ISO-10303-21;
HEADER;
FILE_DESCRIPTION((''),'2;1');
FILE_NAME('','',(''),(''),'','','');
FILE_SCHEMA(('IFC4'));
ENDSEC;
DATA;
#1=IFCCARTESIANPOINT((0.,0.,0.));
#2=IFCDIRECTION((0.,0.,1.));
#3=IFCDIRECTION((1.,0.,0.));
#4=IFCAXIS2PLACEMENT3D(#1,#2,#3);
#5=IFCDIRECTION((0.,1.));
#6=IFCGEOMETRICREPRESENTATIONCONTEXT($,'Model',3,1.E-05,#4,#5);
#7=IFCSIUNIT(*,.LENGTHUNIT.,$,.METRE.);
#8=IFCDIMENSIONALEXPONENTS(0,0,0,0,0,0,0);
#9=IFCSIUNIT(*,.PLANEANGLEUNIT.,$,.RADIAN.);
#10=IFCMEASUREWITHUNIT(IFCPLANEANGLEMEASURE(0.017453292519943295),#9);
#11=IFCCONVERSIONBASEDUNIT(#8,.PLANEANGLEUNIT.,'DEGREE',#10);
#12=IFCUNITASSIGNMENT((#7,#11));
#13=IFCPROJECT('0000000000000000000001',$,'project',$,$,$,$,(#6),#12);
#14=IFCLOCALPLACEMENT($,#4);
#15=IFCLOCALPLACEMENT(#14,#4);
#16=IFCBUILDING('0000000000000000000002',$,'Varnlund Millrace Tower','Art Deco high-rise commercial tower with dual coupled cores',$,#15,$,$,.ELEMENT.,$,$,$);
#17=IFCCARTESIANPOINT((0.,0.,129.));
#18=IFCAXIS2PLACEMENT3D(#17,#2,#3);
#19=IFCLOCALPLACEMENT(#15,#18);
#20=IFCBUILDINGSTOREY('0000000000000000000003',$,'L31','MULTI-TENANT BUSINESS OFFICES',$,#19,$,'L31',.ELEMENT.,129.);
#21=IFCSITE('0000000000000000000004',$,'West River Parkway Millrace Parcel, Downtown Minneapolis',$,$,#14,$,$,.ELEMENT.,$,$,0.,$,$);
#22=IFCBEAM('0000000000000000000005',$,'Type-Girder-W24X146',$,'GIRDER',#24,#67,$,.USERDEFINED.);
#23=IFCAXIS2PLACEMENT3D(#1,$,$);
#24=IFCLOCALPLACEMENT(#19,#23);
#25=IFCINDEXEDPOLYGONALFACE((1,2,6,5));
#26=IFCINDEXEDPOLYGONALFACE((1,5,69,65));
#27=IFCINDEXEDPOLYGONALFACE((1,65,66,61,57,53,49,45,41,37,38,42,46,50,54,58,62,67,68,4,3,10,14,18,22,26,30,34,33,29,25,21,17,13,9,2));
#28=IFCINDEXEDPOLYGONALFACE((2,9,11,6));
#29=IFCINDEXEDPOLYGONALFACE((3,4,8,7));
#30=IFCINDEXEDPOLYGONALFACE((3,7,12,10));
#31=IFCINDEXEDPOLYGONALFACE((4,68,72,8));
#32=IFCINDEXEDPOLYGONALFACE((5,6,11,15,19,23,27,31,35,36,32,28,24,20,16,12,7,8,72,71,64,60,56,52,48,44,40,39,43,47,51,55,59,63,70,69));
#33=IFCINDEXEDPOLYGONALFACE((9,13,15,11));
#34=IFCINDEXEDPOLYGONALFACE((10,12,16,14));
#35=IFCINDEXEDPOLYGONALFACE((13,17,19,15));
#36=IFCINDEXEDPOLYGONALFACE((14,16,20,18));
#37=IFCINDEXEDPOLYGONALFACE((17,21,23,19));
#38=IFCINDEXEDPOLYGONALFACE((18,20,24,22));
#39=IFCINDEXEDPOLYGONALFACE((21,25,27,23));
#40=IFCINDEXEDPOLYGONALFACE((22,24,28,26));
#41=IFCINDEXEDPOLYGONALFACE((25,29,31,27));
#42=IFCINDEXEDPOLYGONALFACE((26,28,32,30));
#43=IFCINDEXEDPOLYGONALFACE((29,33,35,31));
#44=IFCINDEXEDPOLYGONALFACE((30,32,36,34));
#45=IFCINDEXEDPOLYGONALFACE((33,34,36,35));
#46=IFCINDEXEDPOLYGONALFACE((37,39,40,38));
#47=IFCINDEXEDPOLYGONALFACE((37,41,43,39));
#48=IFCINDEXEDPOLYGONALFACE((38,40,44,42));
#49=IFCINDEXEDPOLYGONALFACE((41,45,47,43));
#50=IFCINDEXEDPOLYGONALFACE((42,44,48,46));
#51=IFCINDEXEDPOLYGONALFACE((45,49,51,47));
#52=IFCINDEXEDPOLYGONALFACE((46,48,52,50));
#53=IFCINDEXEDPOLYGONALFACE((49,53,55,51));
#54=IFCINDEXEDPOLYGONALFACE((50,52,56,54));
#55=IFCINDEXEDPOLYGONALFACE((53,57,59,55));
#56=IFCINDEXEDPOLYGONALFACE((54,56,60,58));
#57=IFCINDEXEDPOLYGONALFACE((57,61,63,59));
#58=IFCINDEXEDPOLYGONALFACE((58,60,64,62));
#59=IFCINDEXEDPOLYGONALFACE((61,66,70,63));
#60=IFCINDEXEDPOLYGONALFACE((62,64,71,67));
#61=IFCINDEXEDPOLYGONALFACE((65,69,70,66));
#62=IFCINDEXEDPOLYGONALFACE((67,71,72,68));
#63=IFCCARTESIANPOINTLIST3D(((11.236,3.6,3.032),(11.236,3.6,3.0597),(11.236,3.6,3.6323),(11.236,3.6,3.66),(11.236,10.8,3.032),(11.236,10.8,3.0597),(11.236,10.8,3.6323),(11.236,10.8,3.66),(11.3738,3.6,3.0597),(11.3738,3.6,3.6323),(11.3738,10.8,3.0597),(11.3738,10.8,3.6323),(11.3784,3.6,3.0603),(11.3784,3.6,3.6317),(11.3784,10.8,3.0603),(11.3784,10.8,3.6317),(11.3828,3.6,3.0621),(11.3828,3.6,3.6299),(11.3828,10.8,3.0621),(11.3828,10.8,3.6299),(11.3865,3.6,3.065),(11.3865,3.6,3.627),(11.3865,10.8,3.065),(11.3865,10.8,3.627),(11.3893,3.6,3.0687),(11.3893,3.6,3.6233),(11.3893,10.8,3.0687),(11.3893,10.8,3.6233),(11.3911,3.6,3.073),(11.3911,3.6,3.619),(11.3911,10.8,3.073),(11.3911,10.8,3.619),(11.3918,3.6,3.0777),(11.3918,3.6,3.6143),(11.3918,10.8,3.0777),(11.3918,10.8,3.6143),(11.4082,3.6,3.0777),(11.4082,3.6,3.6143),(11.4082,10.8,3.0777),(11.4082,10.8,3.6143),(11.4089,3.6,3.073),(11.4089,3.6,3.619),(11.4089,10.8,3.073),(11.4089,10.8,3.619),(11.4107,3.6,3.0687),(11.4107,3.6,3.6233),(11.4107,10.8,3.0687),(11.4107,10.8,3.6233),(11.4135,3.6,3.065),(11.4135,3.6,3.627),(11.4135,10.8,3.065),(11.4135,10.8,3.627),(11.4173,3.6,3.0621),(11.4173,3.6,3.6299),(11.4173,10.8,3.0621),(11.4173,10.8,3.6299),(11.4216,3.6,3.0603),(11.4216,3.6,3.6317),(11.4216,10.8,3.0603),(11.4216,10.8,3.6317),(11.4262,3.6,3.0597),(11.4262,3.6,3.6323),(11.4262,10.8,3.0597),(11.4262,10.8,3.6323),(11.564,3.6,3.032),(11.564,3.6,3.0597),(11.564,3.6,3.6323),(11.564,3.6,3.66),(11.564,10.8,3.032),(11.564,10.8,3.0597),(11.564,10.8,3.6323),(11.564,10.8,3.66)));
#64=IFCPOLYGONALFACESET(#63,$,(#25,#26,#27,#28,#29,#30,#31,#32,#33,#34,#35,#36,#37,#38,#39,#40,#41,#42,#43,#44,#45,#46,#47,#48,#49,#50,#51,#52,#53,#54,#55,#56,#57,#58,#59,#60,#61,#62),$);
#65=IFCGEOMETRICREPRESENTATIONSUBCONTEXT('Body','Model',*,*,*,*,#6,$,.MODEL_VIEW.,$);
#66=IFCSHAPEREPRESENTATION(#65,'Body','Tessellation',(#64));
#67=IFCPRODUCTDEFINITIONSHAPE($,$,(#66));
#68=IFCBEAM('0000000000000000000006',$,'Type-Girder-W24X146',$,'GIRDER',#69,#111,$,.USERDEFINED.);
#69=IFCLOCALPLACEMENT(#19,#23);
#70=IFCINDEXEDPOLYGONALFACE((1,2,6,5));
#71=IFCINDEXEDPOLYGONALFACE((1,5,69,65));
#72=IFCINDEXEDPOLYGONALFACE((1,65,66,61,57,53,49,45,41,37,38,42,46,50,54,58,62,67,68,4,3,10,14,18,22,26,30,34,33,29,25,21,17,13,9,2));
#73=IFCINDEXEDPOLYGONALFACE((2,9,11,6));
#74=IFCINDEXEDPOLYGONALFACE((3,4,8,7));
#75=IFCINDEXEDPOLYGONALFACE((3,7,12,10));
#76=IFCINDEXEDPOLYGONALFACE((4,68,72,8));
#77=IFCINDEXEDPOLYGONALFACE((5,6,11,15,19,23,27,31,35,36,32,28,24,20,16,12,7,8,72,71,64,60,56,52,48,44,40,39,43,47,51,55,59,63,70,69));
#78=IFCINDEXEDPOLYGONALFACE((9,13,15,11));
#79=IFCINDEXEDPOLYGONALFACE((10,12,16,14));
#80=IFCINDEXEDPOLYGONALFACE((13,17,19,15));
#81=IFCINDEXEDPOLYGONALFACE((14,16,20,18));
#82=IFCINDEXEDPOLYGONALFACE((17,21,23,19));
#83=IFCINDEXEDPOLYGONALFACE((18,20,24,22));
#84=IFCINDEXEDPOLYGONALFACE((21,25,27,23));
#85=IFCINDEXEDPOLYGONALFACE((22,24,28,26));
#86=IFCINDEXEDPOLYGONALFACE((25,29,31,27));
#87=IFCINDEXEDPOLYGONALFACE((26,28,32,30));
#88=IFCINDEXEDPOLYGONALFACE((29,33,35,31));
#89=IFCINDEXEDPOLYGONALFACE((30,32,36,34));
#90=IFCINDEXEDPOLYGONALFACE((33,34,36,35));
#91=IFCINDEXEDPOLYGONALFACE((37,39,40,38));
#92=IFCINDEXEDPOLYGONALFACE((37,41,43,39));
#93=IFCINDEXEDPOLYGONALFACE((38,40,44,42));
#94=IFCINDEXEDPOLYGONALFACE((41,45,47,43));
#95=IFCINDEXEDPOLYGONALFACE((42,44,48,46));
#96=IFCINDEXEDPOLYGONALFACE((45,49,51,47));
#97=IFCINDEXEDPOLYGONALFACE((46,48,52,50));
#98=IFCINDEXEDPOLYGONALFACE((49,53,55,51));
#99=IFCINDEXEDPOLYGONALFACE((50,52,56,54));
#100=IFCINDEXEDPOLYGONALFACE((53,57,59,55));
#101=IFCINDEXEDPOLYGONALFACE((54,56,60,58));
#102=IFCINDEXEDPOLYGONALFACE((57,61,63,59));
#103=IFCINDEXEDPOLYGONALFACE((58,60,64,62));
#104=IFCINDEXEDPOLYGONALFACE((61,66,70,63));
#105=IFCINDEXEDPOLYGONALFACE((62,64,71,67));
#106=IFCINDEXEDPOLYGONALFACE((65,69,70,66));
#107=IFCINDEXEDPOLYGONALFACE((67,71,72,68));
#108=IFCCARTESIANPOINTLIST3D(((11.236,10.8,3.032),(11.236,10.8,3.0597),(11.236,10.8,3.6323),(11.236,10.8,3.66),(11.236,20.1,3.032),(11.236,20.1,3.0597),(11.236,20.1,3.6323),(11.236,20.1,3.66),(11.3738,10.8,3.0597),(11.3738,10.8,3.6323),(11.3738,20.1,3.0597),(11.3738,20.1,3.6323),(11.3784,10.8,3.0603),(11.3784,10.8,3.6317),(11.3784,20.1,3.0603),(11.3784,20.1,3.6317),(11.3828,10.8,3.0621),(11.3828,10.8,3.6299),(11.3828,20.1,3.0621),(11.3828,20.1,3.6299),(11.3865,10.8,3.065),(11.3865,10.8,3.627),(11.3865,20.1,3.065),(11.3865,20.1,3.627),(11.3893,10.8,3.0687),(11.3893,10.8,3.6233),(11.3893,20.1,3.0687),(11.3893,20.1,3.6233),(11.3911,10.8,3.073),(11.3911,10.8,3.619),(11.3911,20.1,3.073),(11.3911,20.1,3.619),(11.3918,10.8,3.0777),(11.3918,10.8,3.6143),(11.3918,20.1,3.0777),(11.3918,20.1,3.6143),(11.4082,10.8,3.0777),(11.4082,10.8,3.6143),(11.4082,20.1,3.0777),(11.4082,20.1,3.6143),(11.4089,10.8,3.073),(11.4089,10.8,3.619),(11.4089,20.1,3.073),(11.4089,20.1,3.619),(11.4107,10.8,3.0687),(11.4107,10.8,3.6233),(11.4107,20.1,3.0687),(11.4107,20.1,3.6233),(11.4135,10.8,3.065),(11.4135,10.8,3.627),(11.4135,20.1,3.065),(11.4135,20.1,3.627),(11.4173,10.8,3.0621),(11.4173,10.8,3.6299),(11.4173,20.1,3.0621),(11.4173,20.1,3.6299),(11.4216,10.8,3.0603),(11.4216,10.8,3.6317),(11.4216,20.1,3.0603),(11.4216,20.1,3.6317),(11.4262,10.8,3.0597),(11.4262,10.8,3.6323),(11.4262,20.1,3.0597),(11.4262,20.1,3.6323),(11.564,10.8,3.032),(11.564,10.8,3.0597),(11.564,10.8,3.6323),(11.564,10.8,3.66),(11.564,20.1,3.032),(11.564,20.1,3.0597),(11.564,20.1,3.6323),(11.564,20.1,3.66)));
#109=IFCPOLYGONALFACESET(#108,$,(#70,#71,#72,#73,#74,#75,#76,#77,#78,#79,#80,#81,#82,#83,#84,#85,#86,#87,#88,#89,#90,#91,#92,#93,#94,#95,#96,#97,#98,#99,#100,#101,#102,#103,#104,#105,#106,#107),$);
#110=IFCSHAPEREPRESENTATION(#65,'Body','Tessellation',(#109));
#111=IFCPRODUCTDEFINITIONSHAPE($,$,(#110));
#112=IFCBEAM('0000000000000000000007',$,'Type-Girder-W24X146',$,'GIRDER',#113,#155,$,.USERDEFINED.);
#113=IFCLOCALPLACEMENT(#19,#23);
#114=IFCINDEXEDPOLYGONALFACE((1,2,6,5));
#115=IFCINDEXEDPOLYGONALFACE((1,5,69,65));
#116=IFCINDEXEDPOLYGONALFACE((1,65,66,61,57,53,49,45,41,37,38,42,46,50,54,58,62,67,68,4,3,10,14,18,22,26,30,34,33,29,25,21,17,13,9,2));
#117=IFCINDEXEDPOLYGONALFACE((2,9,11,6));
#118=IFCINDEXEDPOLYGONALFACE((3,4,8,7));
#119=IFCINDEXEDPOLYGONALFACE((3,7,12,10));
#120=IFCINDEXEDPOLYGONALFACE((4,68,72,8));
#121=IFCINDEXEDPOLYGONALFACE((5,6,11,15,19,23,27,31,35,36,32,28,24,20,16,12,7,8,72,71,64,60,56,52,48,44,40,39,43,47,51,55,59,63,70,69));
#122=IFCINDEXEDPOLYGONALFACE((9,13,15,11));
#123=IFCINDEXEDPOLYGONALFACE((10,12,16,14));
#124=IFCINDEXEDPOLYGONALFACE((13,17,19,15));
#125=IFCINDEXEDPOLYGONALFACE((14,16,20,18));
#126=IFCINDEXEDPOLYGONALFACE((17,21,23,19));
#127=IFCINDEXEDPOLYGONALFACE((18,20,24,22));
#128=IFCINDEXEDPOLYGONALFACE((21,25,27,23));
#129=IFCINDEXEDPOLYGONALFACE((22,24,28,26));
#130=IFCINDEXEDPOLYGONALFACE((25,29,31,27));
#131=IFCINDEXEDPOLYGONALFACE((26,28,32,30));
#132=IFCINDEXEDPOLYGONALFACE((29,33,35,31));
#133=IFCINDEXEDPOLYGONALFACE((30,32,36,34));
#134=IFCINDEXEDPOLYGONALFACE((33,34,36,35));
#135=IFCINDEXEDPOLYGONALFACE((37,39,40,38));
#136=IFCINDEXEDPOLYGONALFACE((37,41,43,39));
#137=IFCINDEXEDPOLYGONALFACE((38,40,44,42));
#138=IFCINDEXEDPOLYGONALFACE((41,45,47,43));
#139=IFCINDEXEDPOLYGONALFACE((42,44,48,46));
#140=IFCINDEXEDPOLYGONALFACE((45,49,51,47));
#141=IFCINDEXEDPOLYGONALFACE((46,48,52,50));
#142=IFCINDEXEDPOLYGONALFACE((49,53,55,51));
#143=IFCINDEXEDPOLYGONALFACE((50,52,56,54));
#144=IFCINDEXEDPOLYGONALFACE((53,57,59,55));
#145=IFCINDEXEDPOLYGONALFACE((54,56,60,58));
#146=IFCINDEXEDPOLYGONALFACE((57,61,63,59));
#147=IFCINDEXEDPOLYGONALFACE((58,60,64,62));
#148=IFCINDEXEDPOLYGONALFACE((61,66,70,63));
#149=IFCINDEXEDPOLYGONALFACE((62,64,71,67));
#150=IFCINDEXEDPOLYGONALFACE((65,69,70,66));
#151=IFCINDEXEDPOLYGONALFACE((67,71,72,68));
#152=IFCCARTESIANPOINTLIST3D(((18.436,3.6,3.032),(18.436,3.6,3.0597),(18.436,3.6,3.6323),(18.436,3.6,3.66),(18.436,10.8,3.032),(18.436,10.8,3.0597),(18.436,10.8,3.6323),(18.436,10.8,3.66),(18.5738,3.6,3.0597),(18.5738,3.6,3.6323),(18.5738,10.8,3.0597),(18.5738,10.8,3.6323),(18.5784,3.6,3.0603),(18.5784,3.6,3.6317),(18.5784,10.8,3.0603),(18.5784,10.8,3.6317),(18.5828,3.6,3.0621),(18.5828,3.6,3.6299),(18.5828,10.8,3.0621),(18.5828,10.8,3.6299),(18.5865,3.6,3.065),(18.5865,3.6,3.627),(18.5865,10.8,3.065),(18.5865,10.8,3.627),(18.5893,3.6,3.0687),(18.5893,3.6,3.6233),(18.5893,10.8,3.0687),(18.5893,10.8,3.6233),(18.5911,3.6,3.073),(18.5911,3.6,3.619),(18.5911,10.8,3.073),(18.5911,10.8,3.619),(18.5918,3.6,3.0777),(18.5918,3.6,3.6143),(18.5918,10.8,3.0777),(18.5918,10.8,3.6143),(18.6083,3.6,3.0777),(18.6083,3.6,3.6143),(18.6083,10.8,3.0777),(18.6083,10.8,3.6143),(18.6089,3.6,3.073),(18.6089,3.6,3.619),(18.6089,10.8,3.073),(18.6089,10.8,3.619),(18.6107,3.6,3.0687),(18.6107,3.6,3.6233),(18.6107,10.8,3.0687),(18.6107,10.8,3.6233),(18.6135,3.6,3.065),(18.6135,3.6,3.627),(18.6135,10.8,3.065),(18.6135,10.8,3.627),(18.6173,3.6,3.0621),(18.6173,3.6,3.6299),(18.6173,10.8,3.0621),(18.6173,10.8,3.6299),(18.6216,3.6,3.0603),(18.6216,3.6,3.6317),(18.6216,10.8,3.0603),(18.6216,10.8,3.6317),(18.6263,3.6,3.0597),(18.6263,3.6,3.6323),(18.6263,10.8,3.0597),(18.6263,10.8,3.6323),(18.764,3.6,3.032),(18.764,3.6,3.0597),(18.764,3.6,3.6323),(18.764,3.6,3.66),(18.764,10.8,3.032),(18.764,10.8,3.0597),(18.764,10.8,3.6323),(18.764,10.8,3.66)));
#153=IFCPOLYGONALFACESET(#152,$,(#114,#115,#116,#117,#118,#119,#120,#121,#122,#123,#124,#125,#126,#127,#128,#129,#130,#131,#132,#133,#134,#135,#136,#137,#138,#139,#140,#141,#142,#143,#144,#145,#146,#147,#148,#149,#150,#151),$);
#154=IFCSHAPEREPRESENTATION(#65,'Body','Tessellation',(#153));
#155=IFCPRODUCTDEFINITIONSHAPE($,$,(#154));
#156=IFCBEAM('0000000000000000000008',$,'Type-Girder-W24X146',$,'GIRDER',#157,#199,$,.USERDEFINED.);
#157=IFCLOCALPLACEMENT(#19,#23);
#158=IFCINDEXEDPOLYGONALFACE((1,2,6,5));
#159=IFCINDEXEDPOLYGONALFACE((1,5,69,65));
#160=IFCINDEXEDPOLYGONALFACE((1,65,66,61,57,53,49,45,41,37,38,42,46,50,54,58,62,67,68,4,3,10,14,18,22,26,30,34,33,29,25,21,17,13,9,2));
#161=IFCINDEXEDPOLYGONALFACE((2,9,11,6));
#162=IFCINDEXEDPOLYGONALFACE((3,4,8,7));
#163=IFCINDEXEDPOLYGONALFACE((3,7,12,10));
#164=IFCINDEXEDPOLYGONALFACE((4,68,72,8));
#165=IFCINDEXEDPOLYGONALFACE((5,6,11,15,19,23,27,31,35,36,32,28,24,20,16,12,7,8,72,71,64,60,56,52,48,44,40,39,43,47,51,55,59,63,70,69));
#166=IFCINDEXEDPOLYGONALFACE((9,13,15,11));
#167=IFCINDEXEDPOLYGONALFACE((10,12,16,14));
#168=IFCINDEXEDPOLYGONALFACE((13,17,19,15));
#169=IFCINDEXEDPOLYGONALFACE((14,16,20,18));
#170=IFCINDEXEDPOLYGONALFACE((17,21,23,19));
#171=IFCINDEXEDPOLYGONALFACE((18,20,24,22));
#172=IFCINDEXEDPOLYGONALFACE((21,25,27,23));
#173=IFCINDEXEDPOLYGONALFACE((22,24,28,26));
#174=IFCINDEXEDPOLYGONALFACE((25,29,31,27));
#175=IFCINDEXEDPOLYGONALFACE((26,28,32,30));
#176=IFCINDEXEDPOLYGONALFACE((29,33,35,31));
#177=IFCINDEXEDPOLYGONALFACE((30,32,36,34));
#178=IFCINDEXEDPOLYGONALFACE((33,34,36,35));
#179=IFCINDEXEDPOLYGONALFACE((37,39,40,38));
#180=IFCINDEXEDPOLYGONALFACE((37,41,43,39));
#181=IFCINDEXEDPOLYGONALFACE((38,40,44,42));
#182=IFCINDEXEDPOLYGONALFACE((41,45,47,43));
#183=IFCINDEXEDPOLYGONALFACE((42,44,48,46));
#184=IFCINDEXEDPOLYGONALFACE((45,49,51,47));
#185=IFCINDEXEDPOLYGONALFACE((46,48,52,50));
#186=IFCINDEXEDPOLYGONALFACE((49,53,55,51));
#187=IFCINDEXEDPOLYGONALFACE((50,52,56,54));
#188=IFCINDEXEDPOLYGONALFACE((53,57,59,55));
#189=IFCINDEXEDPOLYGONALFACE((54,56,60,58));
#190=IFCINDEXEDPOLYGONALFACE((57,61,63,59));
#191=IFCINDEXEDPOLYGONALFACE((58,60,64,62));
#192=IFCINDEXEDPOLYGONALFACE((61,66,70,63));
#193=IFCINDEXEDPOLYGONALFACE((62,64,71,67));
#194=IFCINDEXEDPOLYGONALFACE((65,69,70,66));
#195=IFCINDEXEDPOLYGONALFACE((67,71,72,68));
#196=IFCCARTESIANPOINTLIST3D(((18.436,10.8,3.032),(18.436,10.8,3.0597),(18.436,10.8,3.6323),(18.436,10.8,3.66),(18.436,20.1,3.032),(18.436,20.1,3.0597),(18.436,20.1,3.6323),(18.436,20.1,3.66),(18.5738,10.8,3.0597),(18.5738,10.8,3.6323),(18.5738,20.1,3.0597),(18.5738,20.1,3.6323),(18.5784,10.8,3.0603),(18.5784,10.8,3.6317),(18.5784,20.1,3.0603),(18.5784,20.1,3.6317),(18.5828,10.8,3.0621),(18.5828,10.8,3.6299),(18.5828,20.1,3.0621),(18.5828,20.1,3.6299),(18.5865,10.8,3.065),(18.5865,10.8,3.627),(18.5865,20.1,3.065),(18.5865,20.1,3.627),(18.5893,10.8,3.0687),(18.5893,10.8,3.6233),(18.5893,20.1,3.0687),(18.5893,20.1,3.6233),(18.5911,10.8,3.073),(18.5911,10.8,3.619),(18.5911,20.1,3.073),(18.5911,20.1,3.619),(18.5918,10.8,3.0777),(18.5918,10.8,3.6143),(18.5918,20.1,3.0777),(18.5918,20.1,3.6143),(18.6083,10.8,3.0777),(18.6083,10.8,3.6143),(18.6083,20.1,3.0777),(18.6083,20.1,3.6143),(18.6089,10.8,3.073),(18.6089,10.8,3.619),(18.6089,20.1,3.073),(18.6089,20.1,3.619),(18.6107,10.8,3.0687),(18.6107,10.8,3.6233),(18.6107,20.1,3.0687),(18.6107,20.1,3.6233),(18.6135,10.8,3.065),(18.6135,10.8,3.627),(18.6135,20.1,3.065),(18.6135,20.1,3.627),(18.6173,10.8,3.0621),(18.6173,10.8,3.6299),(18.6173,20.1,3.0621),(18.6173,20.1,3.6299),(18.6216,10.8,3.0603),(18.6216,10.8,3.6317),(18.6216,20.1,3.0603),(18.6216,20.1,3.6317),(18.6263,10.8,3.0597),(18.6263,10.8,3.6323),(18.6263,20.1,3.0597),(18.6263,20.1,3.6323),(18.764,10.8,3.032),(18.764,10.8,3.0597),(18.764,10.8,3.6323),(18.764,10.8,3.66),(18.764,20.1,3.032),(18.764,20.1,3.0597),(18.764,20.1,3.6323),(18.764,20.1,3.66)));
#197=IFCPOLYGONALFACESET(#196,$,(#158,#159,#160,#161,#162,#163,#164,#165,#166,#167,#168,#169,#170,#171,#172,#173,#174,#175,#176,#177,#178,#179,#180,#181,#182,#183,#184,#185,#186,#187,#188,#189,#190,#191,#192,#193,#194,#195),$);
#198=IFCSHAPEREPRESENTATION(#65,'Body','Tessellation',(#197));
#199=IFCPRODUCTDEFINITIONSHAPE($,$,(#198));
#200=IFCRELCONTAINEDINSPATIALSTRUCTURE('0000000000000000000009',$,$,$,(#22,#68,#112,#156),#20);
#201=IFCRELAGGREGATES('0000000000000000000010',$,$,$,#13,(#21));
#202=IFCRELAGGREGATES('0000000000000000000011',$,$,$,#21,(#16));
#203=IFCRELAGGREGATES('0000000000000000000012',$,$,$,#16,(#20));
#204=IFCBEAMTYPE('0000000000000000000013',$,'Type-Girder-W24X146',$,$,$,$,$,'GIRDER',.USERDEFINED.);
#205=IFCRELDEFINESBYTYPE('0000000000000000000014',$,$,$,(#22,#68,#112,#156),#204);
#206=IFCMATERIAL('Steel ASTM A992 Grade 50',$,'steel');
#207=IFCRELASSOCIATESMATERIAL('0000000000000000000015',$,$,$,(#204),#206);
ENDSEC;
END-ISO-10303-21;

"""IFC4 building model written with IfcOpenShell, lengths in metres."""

from ifc_helpers import new_model, entity, si_unit, converted_unit, direction, frame, origin_with_axes, origin_2d_with_axis, place, context, subcontext, project, spatial, i_section, extrude, material, material_profile, profile_set, type_object, element, save


model = new_model("IFC4")

# Units and contexts
model_context = context("Model", 3, precision=1e-05, world=origin_with_axes(), true_north=direction((0.0, 1.0)))
body_context = subcontext(model_context, "Body", "Model", "MODEL_VIEW")
ifc_project = project(units=[si_unit("LENGTHUNIT", "METRE"), converted_unit("PLANEANGLEUNIT", "DEGREE", entity("IfcPlaneAngleMeasure", 0.017453292519943295), si_unit("PLANEANGLEUNIT", "RADIAN"), dimensions=[0, 0, 0, 0, 0, 0, 0])], contexts=[model_context])

# Site, building, storey
site_placement = place(None, origin_with_axes())
site = spatial("IfcSite", under=ifc_project, at=site_placement, Name="West River Parkway Millrace Parcel, Downtown Minneapolis", CompositionType="ELEMENT", RefElevation=0.0)
building_placement = place(site_placement, origin_with_axes())
building = spatial("IfcBuilding", under=site, at=building_placement, Name="Varnlund Millrace Tower", Description="Art Deco high-rise commercial tower with dual coupled cores", CompositionType="ELEMENT")
storey_placement = place(building_placement, frame((0.0, 0.0, 129.0), z_axis=(0.0, 0.0, 1.0), x_axis=(1.0, 0.0, 0.0)))
storey = spatial("IfcBuildingStorey", under=building, at=storey_placement, Name="L31", Description="MULTI-TENANT BUSINESS OFFICES", LongName="L31", CompositionType="ELEMENT", Elevation=129.0)

# Beams
ifc_material_1 = material(Name="Steel ASTM A992 Grade 50", Category="steel")
ifc_material_profile_1 = material_profile(ifc_material_1, i_section(OverallWidth=0.328, OverallDepth=0.628, WebThickness=0.0165, FlangeThickness=0.0277, FilletRadius=0.018, at=origin_2d_with_axis()), Name="Steel ASTM A992 Grade 50")
ifc_profile_set_1 = profile_set([ifc_material_profile_1], Name="Steel ASTM A992 Grade 50")
beam_type_1 = type_object("IfcBeamType", Name="Type-Girder-W24X146", ElementType="GIRDER", PredefinedType="USERDEFINED", material=ifc_profile_set_1)
beam_1_placement = place(storey_placement, frame((11.4, 3.6, 3.346), z_axis=(0.0, 1.0, 0.0), x_axis=(-1.0, 0.0, 0.0)))
element("IfcBeam", 1, at=beam_1_placement, inside=storey, type_object=beam_type_1, Name="Type-Girder-W24X146", ObjectType="GIRDER", PredefinedType="USERDEFINED", context=body_context, shape_type="SweptSolid", body=[
    extrude(i_section(OverallWidth=0.328, OverallDepth=0.628, WebThickness=0.0165, FlangeThickness=0.0277, FilletRadius=0.018, at=origin_2d_with_axis()), origin_with_axes(), (0.0, 0.0, 1.0), 7.2),
])
beam_2_placement = place(storey_placement, frame((11.4, 10.8, 3.346), z_axis=(0.0, 1.0, 0.0), x_axis=(-1.0, 0.0, 0.0)))
element("IfcBeam", 2, at=beam_2_placement, inside=storey, type_object=beam_type_1, Name="Type-Girder-W24X146", ObjectType="GIRDER", PredefinedType="USERDEFINED", context=body_context, shape_type="SweptSolid", body=[
    extrude(i_section(OverallWidth=0.328, OverallDepth=0.628, WebThickness=0.0165, FlangeThickness=0.0277, FilletRadius=0.018, at=origin_2d_with_axis()), origin_with_axes(), (0.0, 0.0, 1.0), 9.3),
])
beam_3_placement = place(storey_placement, frame((18.6, 3.6, 3.346), z_axis=(0.0, 1.0, 0.0), x_axis=(-1.0, 0.0, 0.0)))
element("IfcBeam", 3, at=beam_3_placement, inside=storey, type_object=beam_type_1, Name="Type-Girder-W24X146", ObjectType="GIRDER", PredefinedType="USERDEFINED", context=body_context, shape_type="SweptSolid", body=[
    extrude(i_section(OverallWidth=0.328, OverallDepth=0.628, WebThickness=0.0165, FlangeThickness=0.0277, FilletRadius=0.018, at=origin_2d_with_axis()), origin_with_axes(), (0.0, 0.0, 1.0), 7.2),
])
beam_4_placement = place(storey_placement, frame((18.6, 10.8, 3.346), z_axis=(0.0, 1.0, 0.0), x_axis=(-1.0, 0.0, 0.0)))
element("IfcBeam", 4, at=beam_4_placement, inside=storey, type_object=beam_type_1, Name="Type-Girder-W24X146", ObjectType="GIRDER", PredefinedType="USERDEFINED", context=body_context, shape_type="SweptSolid", body=[
    extrude(i_section(OverallWidth=0.328, OverallDepth=0.628, WebThickness=0.0165, FlangeThickness=0.0277, FilletRadius=0.018, at=origin_2d_with_axis()), origin_with_axes(), (0.0, 0.0, 1.0), 9.3),
])

save(model, "model.ifc")
